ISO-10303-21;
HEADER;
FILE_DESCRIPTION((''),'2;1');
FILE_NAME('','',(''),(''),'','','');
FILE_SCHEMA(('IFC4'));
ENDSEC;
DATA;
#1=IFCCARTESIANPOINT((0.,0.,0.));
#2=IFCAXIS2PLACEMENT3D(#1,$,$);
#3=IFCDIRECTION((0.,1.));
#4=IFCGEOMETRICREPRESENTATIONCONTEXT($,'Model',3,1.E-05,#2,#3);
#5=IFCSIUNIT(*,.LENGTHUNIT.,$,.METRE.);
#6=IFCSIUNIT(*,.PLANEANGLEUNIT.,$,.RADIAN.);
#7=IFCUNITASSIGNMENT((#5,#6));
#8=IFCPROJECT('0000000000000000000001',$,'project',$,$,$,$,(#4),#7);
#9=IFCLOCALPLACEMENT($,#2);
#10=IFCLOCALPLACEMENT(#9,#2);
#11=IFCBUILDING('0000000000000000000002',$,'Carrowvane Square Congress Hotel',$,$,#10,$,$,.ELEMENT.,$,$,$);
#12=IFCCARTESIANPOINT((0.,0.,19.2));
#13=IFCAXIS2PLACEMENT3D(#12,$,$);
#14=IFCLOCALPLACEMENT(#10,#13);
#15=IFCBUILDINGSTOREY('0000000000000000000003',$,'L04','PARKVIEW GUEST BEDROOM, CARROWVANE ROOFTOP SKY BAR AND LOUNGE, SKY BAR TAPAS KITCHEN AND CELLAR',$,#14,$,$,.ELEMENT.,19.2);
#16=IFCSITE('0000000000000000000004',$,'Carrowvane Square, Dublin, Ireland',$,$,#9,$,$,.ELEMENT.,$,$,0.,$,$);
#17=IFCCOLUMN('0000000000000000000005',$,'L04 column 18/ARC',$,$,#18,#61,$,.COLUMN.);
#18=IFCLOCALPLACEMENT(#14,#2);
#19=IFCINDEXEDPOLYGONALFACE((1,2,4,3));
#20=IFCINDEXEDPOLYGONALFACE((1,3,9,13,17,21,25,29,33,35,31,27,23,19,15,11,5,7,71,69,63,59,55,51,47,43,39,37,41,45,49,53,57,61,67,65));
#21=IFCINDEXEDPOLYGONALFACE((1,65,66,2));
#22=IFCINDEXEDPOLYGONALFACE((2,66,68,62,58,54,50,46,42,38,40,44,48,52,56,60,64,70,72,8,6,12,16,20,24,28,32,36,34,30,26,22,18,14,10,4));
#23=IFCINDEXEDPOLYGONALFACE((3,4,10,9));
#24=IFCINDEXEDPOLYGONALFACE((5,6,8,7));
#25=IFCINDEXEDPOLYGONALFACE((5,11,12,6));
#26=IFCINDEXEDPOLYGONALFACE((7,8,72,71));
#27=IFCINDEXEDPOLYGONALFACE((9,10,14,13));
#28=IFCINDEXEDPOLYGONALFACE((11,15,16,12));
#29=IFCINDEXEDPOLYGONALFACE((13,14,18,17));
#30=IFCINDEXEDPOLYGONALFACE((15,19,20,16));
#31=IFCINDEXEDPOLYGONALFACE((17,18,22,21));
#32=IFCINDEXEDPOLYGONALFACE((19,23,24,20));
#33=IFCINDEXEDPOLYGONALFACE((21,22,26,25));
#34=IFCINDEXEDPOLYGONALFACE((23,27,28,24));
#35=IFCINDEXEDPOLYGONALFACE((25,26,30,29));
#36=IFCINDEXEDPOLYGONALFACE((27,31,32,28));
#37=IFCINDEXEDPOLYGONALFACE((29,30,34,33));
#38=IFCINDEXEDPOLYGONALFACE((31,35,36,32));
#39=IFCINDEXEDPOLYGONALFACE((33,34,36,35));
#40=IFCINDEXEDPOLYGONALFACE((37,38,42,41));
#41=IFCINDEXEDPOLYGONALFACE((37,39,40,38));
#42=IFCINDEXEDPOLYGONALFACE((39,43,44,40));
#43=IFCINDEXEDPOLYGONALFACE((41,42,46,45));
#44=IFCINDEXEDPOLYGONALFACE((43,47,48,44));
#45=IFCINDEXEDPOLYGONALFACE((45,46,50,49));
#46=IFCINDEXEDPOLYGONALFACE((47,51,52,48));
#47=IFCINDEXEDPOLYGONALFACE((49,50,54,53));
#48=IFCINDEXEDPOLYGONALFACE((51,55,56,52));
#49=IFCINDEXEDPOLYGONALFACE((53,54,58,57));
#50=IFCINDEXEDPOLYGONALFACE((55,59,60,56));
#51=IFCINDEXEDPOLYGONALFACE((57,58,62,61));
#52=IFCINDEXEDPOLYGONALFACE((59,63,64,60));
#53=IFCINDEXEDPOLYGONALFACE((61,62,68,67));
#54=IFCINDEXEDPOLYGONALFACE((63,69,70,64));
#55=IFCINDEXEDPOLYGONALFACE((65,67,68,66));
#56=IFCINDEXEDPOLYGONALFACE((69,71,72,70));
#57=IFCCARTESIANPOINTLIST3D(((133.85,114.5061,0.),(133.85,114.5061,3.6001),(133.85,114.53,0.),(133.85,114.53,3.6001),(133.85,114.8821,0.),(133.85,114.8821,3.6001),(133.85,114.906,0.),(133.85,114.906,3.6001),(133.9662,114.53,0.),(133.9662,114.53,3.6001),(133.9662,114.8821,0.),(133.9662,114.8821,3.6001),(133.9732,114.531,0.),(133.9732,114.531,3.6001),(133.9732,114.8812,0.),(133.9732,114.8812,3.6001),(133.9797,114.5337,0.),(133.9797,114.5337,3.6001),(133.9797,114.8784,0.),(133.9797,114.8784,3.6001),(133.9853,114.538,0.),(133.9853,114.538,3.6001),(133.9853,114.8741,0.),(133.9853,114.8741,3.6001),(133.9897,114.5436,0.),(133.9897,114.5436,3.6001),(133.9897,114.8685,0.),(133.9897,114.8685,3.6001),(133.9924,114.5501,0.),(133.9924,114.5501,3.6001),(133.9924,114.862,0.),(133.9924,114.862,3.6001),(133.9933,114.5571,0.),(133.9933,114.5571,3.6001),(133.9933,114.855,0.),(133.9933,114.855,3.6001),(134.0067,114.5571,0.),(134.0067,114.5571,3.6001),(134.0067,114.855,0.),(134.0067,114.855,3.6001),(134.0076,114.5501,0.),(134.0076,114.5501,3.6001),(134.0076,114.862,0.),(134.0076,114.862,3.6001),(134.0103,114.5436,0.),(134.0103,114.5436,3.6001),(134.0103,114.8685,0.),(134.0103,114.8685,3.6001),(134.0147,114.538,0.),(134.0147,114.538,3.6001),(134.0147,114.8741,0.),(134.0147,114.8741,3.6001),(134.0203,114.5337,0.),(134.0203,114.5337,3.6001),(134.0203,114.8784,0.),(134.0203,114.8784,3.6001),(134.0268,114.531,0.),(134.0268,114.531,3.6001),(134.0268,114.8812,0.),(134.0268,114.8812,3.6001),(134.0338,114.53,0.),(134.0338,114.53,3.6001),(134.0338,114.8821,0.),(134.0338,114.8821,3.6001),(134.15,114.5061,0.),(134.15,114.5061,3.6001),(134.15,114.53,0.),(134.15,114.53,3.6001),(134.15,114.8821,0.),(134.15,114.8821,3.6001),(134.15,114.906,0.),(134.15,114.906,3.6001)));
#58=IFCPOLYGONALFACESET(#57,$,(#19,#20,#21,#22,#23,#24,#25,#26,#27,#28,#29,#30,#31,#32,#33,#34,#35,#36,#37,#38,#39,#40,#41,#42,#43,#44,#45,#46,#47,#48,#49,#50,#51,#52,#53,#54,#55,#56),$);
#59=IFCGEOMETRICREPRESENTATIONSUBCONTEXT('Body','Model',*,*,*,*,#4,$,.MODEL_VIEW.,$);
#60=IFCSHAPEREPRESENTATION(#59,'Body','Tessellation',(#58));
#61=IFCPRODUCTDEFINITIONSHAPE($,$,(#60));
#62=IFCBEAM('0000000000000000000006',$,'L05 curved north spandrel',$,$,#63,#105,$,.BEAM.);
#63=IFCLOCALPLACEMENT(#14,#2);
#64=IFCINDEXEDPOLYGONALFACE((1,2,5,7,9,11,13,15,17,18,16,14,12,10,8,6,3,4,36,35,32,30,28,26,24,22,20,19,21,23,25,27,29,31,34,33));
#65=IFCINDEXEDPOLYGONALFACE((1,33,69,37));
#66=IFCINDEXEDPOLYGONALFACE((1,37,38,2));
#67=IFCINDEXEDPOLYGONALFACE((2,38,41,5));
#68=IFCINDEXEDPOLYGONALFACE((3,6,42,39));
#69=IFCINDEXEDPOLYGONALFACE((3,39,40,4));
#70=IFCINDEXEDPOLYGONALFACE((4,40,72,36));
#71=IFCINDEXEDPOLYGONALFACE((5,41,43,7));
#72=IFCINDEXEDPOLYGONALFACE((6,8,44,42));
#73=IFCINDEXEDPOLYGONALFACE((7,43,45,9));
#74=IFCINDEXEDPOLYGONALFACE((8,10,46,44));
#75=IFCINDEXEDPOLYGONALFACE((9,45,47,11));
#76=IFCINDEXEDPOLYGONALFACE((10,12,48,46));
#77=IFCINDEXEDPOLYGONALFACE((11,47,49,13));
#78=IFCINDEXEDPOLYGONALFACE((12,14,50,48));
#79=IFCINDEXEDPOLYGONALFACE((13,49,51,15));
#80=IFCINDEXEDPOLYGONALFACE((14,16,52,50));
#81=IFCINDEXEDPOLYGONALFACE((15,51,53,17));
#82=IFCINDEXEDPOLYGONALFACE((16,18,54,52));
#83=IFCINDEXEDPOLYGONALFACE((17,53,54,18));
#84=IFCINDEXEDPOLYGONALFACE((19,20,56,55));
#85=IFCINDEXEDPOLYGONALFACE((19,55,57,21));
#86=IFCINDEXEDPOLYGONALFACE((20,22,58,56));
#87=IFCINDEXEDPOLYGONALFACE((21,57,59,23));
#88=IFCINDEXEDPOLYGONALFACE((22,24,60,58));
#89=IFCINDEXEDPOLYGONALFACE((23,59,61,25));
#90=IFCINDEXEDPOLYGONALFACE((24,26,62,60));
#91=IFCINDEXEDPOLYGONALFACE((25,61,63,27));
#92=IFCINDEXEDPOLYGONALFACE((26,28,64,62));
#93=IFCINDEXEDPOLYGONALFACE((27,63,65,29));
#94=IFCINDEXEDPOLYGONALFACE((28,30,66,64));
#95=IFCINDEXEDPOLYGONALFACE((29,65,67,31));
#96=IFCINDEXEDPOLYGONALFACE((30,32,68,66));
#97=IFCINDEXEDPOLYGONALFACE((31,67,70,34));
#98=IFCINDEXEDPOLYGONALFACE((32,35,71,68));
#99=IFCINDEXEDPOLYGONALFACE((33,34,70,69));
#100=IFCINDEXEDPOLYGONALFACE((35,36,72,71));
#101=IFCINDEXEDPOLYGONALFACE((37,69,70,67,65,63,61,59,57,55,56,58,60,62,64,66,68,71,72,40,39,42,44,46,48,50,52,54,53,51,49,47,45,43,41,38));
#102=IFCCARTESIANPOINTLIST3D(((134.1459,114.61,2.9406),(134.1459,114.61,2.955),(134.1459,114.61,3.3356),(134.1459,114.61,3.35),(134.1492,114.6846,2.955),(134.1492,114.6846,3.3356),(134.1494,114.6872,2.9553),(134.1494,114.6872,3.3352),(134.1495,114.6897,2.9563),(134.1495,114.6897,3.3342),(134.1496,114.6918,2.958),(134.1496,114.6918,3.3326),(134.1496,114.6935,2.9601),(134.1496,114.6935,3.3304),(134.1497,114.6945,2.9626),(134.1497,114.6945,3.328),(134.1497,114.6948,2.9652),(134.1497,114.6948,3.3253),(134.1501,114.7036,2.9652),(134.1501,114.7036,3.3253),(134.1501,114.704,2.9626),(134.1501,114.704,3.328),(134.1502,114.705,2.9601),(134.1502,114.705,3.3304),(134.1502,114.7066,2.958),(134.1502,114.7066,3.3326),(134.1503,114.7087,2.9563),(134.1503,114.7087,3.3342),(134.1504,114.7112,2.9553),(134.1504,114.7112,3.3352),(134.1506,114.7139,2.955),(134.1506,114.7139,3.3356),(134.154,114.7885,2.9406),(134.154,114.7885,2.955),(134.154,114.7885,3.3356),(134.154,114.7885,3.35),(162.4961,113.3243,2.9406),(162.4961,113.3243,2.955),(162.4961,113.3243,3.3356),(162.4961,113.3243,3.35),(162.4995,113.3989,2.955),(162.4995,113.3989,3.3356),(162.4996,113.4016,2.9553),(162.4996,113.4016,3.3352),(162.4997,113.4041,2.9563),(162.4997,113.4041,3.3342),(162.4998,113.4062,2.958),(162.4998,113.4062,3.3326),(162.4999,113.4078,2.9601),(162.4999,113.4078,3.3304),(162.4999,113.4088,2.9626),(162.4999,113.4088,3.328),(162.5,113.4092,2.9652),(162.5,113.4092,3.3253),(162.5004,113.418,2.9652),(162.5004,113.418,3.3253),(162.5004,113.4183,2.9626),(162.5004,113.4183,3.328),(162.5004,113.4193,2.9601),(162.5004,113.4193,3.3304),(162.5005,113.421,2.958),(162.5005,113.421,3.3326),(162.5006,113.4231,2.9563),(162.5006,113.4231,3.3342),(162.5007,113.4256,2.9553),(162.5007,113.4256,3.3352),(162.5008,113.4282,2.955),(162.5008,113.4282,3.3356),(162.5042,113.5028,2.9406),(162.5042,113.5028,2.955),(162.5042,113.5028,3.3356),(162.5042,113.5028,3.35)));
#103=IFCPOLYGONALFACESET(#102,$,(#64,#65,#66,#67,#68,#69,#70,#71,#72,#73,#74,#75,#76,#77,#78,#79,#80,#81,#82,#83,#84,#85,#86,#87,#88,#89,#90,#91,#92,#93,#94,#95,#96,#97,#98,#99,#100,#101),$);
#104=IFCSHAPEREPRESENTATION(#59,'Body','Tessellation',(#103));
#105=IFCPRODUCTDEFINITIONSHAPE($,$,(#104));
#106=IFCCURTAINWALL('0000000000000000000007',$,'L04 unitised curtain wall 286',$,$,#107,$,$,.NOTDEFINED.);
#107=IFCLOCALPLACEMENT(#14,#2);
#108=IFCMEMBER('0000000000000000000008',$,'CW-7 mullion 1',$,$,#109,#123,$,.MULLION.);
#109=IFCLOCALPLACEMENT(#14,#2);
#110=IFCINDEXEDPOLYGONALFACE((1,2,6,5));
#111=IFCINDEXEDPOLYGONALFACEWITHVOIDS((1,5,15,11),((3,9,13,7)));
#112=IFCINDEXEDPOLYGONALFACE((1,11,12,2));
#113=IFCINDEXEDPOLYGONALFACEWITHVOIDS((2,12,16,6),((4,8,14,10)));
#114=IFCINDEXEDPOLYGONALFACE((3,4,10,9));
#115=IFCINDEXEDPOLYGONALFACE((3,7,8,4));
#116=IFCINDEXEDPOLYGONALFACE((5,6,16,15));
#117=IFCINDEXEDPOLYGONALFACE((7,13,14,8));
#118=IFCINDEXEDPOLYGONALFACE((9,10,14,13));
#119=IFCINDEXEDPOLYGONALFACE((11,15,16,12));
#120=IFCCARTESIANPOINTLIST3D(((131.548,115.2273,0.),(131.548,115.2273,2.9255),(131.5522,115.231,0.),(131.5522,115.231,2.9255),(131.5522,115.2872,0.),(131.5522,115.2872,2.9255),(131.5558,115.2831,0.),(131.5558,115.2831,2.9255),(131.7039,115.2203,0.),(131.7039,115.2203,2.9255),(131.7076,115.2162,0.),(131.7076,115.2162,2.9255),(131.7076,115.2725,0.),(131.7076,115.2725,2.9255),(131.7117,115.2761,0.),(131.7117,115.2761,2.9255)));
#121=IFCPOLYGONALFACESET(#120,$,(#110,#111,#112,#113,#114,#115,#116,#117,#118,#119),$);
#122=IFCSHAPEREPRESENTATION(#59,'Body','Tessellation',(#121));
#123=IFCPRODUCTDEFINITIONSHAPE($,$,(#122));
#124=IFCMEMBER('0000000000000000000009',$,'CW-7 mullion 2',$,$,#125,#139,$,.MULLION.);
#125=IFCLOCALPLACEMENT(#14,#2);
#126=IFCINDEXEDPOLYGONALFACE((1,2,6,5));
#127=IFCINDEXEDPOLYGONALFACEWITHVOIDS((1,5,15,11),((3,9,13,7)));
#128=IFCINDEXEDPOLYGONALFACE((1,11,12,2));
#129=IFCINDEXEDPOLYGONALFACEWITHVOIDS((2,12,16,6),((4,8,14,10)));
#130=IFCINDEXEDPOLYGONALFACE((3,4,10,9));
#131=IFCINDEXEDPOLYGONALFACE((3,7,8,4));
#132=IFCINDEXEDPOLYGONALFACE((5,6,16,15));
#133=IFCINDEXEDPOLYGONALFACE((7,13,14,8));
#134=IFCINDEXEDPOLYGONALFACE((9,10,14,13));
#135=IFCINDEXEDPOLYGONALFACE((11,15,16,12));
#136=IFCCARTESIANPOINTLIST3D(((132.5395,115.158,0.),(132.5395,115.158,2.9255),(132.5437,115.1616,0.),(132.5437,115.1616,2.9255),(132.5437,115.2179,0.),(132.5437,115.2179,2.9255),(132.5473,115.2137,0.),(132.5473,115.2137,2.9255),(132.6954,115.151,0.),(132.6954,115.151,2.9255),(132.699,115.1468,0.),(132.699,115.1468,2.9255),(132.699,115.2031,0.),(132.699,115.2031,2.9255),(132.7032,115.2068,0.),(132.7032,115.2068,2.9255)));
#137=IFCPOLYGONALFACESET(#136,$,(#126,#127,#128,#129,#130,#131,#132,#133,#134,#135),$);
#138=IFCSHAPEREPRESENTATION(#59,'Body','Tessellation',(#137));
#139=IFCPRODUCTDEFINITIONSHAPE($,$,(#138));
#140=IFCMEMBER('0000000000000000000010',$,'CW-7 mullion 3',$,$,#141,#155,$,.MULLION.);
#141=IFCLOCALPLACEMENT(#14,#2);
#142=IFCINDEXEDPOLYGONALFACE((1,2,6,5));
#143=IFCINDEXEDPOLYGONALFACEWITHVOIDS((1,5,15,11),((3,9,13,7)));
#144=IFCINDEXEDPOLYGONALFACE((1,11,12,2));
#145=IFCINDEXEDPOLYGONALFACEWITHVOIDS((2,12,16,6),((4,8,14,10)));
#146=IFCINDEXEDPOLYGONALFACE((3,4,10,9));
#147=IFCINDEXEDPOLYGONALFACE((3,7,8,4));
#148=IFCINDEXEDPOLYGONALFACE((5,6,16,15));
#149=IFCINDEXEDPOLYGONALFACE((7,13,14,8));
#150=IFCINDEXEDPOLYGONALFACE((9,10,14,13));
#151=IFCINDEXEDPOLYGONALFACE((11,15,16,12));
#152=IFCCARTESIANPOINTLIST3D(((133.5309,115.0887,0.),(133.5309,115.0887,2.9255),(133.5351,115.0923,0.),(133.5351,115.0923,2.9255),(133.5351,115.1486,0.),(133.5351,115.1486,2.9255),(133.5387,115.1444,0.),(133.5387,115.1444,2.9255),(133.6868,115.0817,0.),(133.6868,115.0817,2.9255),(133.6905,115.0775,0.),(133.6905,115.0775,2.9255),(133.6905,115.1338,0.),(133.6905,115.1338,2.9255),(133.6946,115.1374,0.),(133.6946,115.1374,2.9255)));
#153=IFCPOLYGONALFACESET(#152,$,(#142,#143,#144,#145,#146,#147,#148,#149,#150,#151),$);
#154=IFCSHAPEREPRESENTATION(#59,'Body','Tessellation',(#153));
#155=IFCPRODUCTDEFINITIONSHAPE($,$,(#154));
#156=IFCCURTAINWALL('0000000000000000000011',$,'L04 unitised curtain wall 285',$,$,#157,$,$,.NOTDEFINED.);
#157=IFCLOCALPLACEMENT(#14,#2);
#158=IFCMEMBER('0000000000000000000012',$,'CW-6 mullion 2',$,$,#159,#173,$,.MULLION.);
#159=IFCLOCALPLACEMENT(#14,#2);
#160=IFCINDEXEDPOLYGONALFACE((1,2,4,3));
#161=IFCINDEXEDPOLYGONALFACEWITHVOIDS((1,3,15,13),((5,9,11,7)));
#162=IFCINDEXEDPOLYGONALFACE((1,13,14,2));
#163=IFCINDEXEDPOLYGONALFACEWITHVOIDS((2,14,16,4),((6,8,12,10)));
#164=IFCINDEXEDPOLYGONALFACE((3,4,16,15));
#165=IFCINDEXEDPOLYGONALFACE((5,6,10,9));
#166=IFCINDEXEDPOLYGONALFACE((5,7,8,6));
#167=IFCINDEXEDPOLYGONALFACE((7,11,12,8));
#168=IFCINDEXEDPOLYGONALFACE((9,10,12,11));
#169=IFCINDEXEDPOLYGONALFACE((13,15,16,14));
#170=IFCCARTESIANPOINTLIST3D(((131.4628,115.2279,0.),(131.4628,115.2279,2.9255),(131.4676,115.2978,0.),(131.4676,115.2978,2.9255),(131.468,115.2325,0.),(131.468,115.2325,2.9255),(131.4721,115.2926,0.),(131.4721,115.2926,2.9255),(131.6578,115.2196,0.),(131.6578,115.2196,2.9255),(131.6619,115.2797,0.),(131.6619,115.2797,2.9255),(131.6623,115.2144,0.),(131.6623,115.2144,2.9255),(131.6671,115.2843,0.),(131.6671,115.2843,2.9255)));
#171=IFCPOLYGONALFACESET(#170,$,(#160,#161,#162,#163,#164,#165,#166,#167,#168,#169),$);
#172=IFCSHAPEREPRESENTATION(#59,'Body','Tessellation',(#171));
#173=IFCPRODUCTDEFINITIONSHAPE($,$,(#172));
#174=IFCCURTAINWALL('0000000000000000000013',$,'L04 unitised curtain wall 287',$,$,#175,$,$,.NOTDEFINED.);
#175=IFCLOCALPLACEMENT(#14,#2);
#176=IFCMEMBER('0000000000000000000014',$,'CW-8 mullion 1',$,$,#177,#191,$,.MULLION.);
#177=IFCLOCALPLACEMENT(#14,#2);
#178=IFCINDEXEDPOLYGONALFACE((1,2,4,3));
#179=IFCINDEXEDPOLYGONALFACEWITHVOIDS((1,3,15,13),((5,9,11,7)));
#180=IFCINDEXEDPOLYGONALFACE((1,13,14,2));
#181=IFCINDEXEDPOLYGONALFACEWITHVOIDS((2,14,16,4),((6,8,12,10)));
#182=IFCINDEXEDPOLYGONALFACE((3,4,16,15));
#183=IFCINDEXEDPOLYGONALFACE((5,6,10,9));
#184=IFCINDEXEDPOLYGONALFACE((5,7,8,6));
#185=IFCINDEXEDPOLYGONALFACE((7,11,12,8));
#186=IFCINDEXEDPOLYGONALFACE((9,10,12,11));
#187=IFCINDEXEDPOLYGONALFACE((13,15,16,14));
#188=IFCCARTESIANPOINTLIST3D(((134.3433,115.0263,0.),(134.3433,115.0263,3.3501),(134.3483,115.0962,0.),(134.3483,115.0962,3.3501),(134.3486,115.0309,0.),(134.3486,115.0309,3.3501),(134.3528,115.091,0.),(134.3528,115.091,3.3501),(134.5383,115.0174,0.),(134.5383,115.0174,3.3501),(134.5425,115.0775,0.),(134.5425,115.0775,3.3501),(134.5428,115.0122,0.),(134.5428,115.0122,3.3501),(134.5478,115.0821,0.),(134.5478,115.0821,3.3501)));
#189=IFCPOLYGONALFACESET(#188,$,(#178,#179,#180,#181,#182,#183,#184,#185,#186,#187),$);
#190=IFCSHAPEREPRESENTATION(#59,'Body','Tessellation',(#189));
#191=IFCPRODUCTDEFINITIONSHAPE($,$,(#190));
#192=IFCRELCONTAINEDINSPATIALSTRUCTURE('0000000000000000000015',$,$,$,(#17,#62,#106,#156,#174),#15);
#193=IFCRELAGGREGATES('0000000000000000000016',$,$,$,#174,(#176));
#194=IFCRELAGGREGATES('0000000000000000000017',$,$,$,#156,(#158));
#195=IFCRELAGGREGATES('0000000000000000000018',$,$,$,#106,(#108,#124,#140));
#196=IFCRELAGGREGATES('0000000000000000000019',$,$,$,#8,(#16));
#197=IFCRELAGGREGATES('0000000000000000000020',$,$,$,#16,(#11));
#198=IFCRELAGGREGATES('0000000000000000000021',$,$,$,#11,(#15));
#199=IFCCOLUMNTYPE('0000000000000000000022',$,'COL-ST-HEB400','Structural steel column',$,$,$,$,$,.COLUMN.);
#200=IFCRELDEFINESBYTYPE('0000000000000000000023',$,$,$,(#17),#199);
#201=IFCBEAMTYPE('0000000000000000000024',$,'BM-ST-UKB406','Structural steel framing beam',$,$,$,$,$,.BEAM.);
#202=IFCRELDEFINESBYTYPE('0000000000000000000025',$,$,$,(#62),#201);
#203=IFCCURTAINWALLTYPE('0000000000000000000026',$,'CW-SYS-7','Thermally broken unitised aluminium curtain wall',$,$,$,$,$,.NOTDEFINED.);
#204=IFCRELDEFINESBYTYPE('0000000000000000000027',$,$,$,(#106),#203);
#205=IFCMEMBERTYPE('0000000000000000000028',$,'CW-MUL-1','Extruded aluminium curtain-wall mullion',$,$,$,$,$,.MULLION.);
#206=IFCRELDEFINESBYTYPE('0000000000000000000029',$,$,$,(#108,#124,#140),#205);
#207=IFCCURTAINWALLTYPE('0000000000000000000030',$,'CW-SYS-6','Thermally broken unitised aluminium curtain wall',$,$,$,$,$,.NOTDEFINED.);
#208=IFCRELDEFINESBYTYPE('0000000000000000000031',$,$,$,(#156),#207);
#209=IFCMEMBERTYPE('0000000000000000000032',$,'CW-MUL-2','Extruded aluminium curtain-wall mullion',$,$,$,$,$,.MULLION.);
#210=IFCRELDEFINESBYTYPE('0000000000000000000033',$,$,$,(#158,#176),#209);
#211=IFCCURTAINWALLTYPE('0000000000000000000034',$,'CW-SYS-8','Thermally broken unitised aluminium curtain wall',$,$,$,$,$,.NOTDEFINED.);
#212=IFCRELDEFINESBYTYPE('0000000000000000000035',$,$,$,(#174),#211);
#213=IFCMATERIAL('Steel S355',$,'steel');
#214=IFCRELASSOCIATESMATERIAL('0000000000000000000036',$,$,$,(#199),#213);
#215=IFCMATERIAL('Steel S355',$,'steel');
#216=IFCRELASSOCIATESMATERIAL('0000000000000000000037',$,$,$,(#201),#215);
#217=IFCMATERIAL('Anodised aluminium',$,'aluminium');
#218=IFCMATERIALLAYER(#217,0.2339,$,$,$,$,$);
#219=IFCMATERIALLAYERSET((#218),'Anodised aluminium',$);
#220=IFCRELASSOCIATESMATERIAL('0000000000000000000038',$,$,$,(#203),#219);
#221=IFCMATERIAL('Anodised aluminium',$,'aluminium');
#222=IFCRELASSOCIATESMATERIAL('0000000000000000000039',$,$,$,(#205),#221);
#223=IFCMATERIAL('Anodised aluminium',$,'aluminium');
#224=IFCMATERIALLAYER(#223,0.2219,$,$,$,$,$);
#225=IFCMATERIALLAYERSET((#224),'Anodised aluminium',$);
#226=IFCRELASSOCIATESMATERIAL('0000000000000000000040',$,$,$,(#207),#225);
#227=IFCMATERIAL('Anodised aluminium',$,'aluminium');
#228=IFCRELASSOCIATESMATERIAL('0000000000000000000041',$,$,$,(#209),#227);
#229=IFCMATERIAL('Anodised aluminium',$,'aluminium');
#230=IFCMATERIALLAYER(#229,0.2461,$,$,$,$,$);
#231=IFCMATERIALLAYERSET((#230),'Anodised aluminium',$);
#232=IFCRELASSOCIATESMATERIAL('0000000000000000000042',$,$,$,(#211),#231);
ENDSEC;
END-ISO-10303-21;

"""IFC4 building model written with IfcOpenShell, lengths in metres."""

from ifc_helpers import new_model, si_unit, direction, frame, origin, origin_2d, place, context, subcontext, project, spatial, hollow_rectangle, i_section, extrude, material, layer, layer_set, material_profile, profile_set, type_object, element, aggregate, save


model = new_model("IFC4")

# Units and contexts
model_context = context("Model", 3, precision=1e-05, world=origin(), true_north=direction((0.0, 1.0)))
body_context = subcontext(model_context, "Body", "Model", "MODEL_VIEW")
ifc_project = project(units=[si_unit("LENGTHUNIT", "METRE"), si_unit("PLANEANGLEUNIT", "RADIAN")], contexts=[model_context])

# Site, building, storey
site_placement = place(None, origin())
site = spatial("IfcSite", under=ifc_project, at=site_placement, Name="Carrowvane Square, Dublin, Ireland", CompositionType="ELEMENT", RefElevation=0.0)
building_placement = place(site_placement, origin())
building = spatial("IfcBuilding", under=site, at=building_placement, Name="Carrowvane Square Congress Hotel", CompositionType="ELEMENT")
storey_placement = place(building_placement, frame((0.0, 0.0, 19.2)))
storey = spatial("IfcBuildingStorey", under=building, at=storey_placement, Name="L04", Description="PARKVIEW GUEST BEDROOM, CARROWVANE ROOFTOP SKY BAR AND LOUNGE, SKY BAR TAPAS KITCHEN AND CELLAR", CompositionType="ELEMENT", Elevation=19.2)

# Column
ifc_material_1 = material(Name="Steel S355", Category="steel")
ifc_material_profile_1 = material_profile(ifc_material_1, i_section(OverallWidth=0.3, OverallDepth=0.3999, WebThickness=0.0134, FlangeThickness=0.0239, FilletRadius=0.0271, at=origin_2d()), Name="HEB 400")
ifc_profile_set_1 = profile_set([ifc_material_profile_1], Name="Steel S355")
column_type = type_object("IfcColumnType", Name="COL-ST-HEB400", Description="Structural steel column", PredefinedType="COLUMN", material=ifc_profile_set_1)
column_placement = place(storey_placement, frame((134.0, 114.7061, 0.0), z_axis=(0.0, 0.0, 1.0), x_axis=(1.0, 0.0, 0.0)))
element("IfcColumn", 1, at=column_placement, inside=storey, type_object=column_type, Name="L04 column 18/ARC", PredefinedType="COLUMN", context=body_context, shape_type="SweptSolid", body=[
    extrude(i_section(OverallWidth=0.3, OverallDepth=0.3999, WebThickness=0.0134, FlangeThickness=0.0239, FilletRadius=0.0271, at=origin_2d()), origin(), (0.0, 0.0, 1.0), 3.6001),
])

# Beam
ifc_material_2 = material(Name="Steel S355", Category="steel")
ifc_material_profile_2 = material_profile(ifc_material_2, i_section(OverallWidth=0.1787, OverallDepth=0.4094, WebThickness=0.0088, FlangeThickness=0.0144, FilletRadius=0.0103, at=origin_2d()), Name="UKB 406x178x67")
ifc_profile_set_2 = profile_set([ifc_material_profile_2], Name="Steel S355")
beam_type = type_object("IfcBeamType", Name="BM-ST-UKB406", Description="Structural steel framing beam", PredefinedType="BEAM", material=ifc_profile_set_2)
beam_placement = place(storey_placement, frame((134.1499, 114.6992, 3.1453), z_axis=(0.998973, -0.045302, 0.0), x_axis=(0.045302, 0.998973, 0.0)))
element("IfcBeam", 2, at=beam_placement, inside=storey, type_object=beam_type, Name="L05 curved north spandrel", PredefinedType="BEAM", context=body_context, shape_type="SweptSolid", body=[
    extrude(i_section(OverallWidth=0.1787, OverallDepth=0.4094, WebThickness=0.0088, FlangeThickness=0.0144, FilletRadius=0.0103, at=origin_2d()), origin(), (0.0, 0.0, 1.0), 28.3794),
])

# Curtain wall, members
ifc_material_3 = material(Name="Anodised aluminium", Category="aluminium")
ifc_layer_1 = layer(ifc_material_3, 0.2339)
ifc_layer_set_1 = layer_set([ifc_layer_1], Name="Anodised aluminium")
curtain_wall_type_1 = type_object("IfcCurtainWallType", Name="CW-SYS-7", Description="Thermally broken unitised aluminium curtain wall", PredefinedType="NOTDEFINED", material=ifc_layer_set_1)
curtain_wall_1_placement = place(storey_placement, origin())
curtain_wall_1 = element("IfcCurtainWall", 3, at=curtain_wall_1_placement, inside=storey, type_object=curtain_wall_type_1, Name="L04 unitised curtain wall 286", PredefinedType="NOTDEFINED")
ifc_material_4 = material(Name="Anodised aluminium", Category="aluminium")
ifc_material_profile_3 = material_profile(ifc_material_4, hollow_rectangle(XDim=0.0601, YDim=0.1599, WallThickness=0.0039, at=origin_2d()), Name="CW-ML 60x160x4")
ifc_profile_set_3 = profile_set([ifc_material_profile_3], Name="Anodised aluminium")
member_type_1 = type_object("IfcMemberType", Name="CW-MUL-1", Description="Extruded aluminium curtain-wall mullion", PredefinedType="MULLION", material=ifc_profile_set_3)
member_1_placement = place(storey_placement, frame((131.6299, 115.2517, 0.0), z_axis=(0.0, 0.0, 1.0), x_axis=(0.069727, 0.997566, 0.0)))
member_1 = element("IfcMember", 4, at=member_1_placement, type_object=member_type_1, Name="CW-7 mullion 1", PredefinedType="MULLION", context=body_context, shape_type="SweptSolid", body=[
    extrude(hollow_rectangle(XDim=0.0601, YDim=0.1599, WallThickness=0.0039, at=origin_2d()), origin(), (0.0, 0.0, 1.0), 2.9255),
])
member_2_placement = place(storey_placement, frame((132.6213, 115.1824, 0.0), z_axis=(0.0, 0.0, 1.0), x_axis=(0.069727, 0.997566, 0.0)))
member_2 = element("IfcMember", 5, at=member_2_placement, type_object=member_type_1, Name="CW-7 mullion 2", PredefinedType="MULLION", context=body_context, shape_type="SweptSolid", body=[
    extrude(hollow_rectangle(XDim=0.0601, YDim=0.1599, WallThickness=0.0039, at=origin_2d()), origin(), (0.0, 0.0, 1.0), 2.9255),
])
member_3_placement = place(storey_placement, frame((133.6128, 115.113, 0.0), z_axis=(0.0, 0.0, 1.0), x_axis=(0.069727, 0.997566, 0.0)))
member_3 = element("IfcMember", 6, at=member_3_placement, type_object=member_type_1, Name="CW-7 mullion 3", PredefinedType="MULLION", context=body_context, shape_type="SweptSolid", body=[
    extrude(hollow_rectangle(XDim=0.0601, YDim=0.1599, WallThickness=0.0039, at=origin_2d()), origin(), (0.0, 0.0, 1.0), 2.9255),
])

# Curtain walls, members
ifc_material_5 = material(Name="Anodised aluminium", Category="aluminium")
ifc_layer_2 = layer(ifc_material_5, 0.2219)
ifc_layer_set_2 = layer_set([ifc_layer_2], Name="Anodised aluminium")
curtain_wall_type_2 = type_object("IfcCurtainWallType", Name="CW-SYS-6", Description="Thermally broken unitised aluminium curtain wall", PredefinedType="NOTDEFINED", material=ifc_layer_set_2)
curtain_wall_2_placement = place(storey_placement, origin())
curtain_wall_2 = element("IfcCurtainWall", 7, at=curtain_wall_2_placement, inside=storey, type_object=curtain_wall_type_2, Name="L04 unitised curtain wall 285", PredefinedType="NOTDEFINED")
ifc_material_6 = material(Name="Anodised aluminium", Category="aluminium")
ifc_material_profile_4 = material_profile(ifc_material_6, hollow_rectangle(XDim=0.0701, YDim=0.2, WallThickness=0.0049, at=origin_2d()), Name="CW-ML 70x200x5")
ifc_profile_set_4 = profile_set([ifc_material_profile_4], Name="Anodised aluminium")
member_type_2 = type_object("IfcMemberType", Name="CW-MUL-2", Description="Extruded aluminium curtain-wall mullion", PredefinedType="MULLION", material=ifc_profile_set_4)
member_4_placement = place(storey_placement, frame((131.5649, 115.2561, 0.0), z_axis=(0.0, 0.0, 1.0), x_axis=(0.06787, 0.997694, 0.0)))
member_4 = element("IfcMember", 8, at=member_4_placement, type_object=member_type_2, Name="CW-6 mullion 2", PredefinedType="MULLION", context=body_context, shape_type="SweptSolid", body=[
    extrude(hollow_rectangle(XDim=0.0701, YDim=0.2, WallThickness=0.0049, at=origin_2d()), origin(), (0.0, 0.0, 1.0), 2.9255),
])
ifc_material_7 = material(Name="Anodised aluminium", Category="aluminium")
ifc_layer_3 = layer(ifc_material_7, 0.2461)
ifc_layer_set_3 = layer_set([ifc_layer_3], Name="Anodised aluminium")
curtain_wall_type_3 = type_object("IfcCurtainWallType", Name="CW-SYS-8", Description="Thermally broken unitised aluminium curtain wall", PredefinedType="NOTDEFINED", material=ifc_layer_set_3)
curtain_wall_3_placement = place(storey_placement, origin())
curtain_wall_3 = element("IfcCurtainWall", 9, at=curtain_wall_3_placement, inside=storey, type_object=curtain_wall_type_3, Name="L04 unitised curtain wall 287", PredefinedType="NOTDEFINED")
member_5_placement = place(storey_placement, frame((134.4456, 115.0542, 0.0), z_axis=(0.0, 0.0, 1.0), x_axis=(0.07096, 0.997479, 0.0)))
member_5 = element("IfcMember", 10, at=member_5_placement, type_object=member_type_2, Name="CW-8 mullion 1", PredefinedType="MULLION", context=body_context, shape_type="SweptSolid", body=[
    extrude(hollow_rectangle(XDim=0.0701, YDim=0.2, WallThickness=0.0049, at=origin_2d()), origin(), (0.0, 0.0, 1.0), 3.3501),
])

aggregate(curtain_wall_3, [member_5])

aggregate(curtain_wall_2, [member_4])
aggregate(curtain_wall_1, [member_1, member_2, member_3])

save(model, "model.ifc")
